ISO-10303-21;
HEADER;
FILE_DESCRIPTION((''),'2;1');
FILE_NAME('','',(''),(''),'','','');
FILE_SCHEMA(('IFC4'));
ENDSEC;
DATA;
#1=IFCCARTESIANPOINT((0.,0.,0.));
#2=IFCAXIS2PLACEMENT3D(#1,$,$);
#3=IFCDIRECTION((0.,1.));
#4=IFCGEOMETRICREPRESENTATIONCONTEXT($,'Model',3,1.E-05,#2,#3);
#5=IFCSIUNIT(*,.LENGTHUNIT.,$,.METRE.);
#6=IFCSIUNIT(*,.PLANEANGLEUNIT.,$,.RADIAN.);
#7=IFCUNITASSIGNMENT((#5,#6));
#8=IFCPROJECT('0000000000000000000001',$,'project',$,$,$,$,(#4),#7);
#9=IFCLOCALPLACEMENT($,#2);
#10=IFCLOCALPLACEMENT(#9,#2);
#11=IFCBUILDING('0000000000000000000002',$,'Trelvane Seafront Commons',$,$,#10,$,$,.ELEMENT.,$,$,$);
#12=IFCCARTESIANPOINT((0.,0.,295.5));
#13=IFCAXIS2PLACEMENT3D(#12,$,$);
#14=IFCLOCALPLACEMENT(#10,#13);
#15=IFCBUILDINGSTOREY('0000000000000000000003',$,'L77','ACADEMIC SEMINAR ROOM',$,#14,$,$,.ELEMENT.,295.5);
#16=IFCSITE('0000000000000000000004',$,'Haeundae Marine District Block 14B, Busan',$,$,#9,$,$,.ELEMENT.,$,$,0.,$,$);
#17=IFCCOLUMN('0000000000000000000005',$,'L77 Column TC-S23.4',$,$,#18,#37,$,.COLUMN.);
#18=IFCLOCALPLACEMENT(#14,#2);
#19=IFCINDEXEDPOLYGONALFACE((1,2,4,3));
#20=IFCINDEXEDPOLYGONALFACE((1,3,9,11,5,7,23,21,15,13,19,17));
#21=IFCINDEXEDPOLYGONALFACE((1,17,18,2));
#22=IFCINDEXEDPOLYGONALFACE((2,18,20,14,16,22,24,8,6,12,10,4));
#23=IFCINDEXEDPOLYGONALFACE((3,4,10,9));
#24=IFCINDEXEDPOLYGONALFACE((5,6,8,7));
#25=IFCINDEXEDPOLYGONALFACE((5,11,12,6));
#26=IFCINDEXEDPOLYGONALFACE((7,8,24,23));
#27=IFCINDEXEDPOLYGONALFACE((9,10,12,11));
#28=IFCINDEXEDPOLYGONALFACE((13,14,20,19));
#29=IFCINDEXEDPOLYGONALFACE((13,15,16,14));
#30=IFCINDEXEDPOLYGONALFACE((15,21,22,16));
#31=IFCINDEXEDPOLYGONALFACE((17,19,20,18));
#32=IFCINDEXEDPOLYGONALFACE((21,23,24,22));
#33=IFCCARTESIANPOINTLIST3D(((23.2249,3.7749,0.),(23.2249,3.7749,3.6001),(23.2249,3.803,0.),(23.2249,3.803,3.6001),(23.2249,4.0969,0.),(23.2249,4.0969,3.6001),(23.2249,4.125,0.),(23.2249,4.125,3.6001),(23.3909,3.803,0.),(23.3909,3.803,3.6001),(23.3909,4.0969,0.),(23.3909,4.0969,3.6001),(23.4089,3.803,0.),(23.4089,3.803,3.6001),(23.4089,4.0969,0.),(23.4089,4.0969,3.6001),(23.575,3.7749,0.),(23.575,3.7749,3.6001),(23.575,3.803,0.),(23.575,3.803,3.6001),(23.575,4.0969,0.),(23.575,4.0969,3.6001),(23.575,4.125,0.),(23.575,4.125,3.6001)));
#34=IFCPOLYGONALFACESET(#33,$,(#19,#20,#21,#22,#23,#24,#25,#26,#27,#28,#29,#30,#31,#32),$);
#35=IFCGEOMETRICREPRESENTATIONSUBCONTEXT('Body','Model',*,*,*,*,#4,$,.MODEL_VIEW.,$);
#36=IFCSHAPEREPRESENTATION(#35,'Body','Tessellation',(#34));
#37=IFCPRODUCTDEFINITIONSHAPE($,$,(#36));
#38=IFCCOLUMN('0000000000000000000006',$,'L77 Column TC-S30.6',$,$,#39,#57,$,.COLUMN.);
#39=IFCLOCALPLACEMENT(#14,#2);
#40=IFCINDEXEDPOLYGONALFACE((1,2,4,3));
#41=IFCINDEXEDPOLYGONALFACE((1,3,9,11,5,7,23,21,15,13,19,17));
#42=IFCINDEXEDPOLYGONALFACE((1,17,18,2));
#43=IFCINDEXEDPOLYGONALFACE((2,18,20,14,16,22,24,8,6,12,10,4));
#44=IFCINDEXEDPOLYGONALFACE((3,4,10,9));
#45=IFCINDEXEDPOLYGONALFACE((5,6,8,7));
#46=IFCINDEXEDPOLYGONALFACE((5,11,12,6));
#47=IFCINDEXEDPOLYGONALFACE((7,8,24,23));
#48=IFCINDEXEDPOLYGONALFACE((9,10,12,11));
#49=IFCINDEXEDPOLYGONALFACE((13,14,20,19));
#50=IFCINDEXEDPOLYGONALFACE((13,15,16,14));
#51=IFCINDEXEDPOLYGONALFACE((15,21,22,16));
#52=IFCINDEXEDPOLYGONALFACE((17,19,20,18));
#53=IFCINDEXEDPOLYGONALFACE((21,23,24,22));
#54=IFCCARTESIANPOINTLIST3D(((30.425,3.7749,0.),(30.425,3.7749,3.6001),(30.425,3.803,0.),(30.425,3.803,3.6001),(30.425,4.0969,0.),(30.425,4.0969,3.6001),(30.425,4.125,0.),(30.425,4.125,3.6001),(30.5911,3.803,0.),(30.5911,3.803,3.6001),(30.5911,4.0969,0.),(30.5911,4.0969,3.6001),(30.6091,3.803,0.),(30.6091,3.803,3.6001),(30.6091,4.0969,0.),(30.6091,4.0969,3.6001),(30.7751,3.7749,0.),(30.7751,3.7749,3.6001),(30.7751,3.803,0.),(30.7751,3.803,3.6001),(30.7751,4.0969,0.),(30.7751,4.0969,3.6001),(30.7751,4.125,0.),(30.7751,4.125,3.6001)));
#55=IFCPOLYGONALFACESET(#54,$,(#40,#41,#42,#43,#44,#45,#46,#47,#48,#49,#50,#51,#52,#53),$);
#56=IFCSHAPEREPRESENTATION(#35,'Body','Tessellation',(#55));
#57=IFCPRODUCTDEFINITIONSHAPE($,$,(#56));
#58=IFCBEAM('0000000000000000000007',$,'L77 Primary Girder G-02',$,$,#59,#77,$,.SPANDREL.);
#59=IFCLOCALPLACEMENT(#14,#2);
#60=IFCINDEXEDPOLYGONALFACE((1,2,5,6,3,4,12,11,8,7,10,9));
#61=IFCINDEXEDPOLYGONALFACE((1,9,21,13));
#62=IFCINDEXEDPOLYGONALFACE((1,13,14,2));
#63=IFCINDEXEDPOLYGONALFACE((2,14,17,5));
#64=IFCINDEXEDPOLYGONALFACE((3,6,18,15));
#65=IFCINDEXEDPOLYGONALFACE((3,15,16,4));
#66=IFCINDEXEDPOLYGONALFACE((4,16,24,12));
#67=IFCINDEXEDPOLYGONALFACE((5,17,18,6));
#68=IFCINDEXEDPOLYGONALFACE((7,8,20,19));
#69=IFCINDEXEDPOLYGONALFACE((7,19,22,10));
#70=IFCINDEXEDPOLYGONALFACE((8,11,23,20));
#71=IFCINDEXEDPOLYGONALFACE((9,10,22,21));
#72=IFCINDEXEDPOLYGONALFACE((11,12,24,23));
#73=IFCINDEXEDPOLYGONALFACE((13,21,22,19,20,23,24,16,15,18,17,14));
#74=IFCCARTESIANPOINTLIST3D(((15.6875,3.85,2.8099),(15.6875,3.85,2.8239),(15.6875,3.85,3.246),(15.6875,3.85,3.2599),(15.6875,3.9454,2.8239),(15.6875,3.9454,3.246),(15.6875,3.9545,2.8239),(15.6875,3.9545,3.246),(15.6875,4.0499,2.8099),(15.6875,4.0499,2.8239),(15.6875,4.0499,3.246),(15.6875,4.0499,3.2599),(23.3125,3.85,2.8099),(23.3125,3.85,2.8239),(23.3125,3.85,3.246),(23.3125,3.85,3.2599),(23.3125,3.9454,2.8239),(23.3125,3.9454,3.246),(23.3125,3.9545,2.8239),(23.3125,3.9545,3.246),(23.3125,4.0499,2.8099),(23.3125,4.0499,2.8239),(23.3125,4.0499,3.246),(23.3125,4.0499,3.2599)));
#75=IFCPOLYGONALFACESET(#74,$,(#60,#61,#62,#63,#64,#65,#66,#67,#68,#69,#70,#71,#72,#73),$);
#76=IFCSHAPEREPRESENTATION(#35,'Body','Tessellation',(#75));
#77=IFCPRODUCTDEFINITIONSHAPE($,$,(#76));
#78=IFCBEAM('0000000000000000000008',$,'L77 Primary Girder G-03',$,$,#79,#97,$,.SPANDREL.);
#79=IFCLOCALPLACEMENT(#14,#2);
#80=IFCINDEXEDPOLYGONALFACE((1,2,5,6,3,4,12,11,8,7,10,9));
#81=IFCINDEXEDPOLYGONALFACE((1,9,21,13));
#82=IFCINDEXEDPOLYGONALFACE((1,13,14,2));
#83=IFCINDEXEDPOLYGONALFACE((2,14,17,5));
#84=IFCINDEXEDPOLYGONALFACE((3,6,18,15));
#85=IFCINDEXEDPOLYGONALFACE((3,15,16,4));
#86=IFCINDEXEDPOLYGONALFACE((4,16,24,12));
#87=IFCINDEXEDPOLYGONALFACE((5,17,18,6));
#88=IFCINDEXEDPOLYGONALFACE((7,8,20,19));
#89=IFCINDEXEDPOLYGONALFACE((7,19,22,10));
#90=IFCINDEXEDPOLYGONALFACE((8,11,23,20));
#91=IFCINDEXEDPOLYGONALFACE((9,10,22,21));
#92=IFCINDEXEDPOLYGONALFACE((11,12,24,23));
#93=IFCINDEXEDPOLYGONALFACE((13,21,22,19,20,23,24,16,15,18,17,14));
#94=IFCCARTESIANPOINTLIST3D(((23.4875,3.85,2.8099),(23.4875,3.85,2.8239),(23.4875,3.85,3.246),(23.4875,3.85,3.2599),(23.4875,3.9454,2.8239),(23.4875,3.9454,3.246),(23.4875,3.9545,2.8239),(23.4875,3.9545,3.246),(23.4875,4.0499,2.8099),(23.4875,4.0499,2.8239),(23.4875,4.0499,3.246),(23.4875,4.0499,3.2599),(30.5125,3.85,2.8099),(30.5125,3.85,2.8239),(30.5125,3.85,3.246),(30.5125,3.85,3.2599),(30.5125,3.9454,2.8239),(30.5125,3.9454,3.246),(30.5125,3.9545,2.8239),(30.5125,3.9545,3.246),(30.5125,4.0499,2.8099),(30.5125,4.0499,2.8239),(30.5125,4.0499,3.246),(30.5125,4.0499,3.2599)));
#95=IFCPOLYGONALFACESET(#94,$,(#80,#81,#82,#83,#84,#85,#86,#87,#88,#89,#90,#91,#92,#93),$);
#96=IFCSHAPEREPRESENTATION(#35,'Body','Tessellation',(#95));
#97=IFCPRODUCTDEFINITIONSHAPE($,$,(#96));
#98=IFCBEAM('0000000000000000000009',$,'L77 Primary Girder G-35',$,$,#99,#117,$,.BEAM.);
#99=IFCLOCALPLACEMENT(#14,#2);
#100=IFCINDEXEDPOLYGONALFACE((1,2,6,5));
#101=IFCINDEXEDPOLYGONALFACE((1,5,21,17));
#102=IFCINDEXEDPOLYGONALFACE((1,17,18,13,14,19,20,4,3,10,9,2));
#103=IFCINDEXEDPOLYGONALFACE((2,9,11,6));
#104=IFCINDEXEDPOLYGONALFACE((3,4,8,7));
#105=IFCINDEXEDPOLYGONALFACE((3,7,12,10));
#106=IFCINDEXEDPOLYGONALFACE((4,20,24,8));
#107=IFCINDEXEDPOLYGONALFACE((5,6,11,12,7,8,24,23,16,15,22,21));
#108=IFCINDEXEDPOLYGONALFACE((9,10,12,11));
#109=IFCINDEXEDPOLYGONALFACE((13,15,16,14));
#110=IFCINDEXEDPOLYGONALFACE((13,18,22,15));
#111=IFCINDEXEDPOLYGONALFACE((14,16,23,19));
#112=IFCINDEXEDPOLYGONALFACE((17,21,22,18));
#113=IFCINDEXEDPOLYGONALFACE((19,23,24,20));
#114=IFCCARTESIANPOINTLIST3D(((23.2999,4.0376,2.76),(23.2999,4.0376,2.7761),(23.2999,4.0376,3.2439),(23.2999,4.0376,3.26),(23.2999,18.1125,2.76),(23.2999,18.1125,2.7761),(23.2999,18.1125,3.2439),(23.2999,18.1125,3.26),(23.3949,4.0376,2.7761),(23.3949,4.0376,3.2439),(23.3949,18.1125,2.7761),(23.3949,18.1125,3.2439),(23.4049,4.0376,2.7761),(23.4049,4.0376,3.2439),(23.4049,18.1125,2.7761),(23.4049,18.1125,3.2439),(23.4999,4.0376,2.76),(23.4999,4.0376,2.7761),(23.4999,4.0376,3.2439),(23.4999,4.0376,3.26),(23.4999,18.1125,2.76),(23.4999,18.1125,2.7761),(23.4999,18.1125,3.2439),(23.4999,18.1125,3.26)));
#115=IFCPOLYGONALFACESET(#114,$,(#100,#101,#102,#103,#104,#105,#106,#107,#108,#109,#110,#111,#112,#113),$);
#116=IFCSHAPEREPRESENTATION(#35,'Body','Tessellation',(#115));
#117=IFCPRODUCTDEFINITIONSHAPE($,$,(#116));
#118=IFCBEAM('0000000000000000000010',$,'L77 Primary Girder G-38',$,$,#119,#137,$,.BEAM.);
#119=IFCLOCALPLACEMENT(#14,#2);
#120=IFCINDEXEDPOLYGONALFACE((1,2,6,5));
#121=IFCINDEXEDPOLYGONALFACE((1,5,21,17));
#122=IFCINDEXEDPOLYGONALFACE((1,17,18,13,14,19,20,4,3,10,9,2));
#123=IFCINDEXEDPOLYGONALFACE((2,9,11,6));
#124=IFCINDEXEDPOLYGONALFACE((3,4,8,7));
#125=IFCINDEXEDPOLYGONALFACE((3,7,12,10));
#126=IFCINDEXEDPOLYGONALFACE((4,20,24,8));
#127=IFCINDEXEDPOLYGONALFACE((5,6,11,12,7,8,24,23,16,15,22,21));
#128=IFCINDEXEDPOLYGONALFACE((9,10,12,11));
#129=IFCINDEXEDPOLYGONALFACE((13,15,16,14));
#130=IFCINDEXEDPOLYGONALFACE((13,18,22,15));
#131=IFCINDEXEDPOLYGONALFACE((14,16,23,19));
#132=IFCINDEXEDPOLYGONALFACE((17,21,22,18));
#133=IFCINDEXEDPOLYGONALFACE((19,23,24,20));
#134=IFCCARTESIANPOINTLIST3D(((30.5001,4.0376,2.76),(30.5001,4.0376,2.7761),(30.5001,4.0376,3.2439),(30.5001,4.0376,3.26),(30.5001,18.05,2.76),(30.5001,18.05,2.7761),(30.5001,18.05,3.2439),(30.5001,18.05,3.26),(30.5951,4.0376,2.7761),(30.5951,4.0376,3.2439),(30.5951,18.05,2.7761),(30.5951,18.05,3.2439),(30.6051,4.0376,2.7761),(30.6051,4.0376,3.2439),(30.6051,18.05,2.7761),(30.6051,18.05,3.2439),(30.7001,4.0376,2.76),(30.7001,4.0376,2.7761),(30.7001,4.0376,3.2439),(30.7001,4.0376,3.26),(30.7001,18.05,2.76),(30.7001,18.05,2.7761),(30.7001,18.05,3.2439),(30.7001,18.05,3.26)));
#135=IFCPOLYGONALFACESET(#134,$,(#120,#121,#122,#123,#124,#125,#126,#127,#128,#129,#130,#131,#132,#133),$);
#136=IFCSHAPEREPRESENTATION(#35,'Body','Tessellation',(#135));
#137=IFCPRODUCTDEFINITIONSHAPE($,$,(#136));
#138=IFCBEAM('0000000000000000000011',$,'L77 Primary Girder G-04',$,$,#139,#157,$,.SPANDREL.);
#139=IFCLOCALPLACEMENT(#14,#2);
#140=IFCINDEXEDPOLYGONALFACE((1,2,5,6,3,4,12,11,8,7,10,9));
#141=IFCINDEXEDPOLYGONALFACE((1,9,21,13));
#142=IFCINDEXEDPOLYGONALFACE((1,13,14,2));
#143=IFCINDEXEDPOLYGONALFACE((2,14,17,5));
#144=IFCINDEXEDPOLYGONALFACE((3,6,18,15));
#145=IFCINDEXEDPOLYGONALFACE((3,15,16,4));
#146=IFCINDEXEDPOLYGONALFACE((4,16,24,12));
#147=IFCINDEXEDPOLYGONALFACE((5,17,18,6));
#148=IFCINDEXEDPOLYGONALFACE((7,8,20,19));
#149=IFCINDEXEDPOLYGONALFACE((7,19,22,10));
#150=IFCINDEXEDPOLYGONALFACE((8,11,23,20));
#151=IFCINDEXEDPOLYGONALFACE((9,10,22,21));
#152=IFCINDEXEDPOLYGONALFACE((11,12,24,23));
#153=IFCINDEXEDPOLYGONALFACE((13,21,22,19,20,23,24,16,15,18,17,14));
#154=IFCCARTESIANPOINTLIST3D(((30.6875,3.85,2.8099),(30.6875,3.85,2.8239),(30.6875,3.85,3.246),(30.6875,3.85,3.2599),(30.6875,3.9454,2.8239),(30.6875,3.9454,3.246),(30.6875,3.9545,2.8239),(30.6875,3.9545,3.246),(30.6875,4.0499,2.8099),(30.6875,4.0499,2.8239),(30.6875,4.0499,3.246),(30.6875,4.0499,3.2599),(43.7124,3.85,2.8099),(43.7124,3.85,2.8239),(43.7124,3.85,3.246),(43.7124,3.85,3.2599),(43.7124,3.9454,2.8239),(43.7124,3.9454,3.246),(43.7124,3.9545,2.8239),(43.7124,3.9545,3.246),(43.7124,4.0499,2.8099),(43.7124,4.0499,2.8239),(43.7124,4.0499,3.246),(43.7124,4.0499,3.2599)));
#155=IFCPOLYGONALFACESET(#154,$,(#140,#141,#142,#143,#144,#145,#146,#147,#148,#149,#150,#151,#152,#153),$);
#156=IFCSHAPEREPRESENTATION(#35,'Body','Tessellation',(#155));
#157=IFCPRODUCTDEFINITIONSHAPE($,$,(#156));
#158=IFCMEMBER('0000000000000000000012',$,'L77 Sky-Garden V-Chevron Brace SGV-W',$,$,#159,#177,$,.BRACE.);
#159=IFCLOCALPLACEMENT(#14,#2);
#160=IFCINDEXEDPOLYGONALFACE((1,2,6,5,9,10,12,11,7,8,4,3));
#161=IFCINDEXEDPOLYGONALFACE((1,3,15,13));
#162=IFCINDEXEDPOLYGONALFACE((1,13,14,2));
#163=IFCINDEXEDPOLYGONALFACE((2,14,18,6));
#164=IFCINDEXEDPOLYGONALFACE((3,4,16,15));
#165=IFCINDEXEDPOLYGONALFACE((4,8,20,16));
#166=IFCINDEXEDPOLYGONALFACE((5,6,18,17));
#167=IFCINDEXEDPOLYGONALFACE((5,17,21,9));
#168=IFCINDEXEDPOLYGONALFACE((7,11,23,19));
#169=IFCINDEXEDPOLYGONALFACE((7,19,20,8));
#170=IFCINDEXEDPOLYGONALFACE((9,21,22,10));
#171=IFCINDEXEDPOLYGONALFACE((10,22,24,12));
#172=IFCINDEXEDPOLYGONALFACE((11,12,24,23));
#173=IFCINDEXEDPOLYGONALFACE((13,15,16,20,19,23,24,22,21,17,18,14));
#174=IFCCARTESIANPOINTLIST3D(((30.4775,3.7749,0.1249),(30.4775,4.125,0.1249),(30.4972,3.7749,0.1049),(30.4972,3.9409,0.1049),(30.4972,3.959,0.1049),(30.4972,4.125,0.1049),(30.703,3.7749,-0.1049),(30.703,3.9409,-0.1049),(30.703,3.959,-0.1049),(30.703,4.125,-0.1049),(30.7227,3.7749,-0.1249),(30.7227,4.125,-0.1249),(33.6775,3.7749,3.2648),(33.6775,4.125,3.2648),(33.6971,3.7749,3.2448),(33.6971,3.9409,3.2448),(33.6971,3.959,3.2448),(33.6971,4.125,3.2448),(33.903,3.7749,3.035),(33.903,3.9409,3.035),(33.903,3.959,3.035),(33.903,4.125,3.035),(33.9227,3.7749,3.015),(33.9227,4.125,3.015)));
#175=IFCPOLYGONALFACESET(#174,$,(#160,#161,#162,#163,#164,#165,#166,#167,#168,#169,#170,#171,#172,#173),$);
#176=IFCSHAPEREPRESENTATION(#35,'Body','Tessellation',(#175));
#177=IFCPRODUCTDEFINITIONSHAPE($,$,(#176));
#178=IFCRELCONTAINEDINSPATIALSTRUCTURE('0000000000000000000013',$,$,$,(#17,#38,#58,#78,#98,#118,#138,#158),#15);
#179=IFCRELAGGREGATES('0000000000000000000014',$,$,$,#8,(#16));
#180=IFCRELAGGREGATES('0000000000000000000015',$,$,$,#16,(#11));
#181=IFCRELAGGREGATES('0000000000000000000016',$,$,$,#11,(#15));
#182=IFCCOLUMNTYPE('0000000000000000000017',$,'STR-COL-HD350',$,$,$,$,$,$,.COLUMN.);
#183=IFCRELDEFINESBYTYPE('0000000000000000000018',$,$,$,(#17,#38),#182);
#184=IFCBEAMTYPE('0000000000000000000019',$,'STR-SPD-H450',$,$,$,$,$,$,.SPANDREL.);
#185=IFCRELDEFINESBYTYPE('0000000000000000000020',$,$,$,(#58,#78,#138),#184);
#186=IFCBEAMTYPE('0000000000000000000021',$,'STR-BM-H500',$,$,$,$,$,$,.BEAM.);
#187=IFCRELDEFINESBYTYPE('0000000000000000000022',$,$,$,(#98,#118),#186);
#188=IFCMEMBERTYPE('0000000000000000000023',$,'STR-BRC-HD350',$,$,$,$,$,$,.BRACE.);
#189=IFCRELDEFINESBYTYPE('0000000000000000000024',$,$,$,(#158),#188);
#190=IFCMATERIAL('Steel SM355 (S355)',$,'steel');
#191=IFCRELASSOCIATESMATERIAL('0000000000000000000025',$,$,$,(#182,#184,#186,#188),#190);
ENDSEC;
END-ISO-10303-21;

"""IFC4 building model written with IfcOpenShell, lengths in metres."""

from ifc_helpers import new_model, si_unit, direction, frame, origin, origin_2d, place, context, subcontext, project, spatial, i_section, extrude, source, transform, mapped, material, material_profile, profile_set, type_object, element, save


model = new_model("IFC4")

# Units and contexts
model_context = context("Model", 3, precision=1e-05, world=origin(), true_north=direction((0.0, 1.0)))
body_context = subcontext(model_context, "Body", "Model", "MODEL_VIEW")
ifc_project = project(units=[si_unit("LENGTHUNIT", "METRE"), si_unit("PLANEANGLEUNIT", "RADIAN")], contexts=[model_context])

# Site, building, storey
site_placement = place(None, origin())
site = spatial("IfcSite", under=ifc_project, at=site_placement, Name="Haeundae Marine District Block 14B, Busan", CompositionType="ELEMENT", RefElevation=0.0)
building_placement = place(site_placement, origin())
building = spatial("IfcBuilding", under=site, at=building_placement, Name="Trelvane Seafront Commons", CompositionType="ELEMENT")
storey_placement = place(building_placement, frame((0.0, 0.0, 295.5)))
storey = spatial("IfcBuildingStorey", under=building, at=storey_placement, Name="L77", Description="ACADEMIC SEMINAR ROOM", CompositionType="ELEMENT", Elevation=295.5)

# Columns
ifc_material_1 = material(Name="Steel SM355 (S355)", Category="steel")
ifc_material_profile_1 = material_profile(ifc_material_1, i_section(OverallWidth=0.3501, OverallDepth=0.3501, WebThickness=0.0181, FlangeThickness=0.0281, at=origin_2d()), Name="HD-350x350x18x28")
ifc_profile_set_1 = profile_set([ifc_material_profile_1], Name="Steel SM355 (S355)")
column_type = type_object("IfcColumnType", Name="STR-COL-HD350", PredefinedType="COLUMN", material=ifc_profile_set_1)
shared_shape_1 = source(origin(), body_context, "Body", "SweptSolid", [
    extrude(i_section(OverallWidth=0.3501, OverallDepth=0.3501, WebThickness=0.0181, FlangeThickness=0.0281, at=origin_2d()), origin(), (0.0, 0.0, 1.0), 3.6001),
])
for number, where, z_axis, x_axis, name in (
    (1, (23.3999, 3.95, 0.0), (0.0, 0.0, 1.0), (1.0, 0.0, 0.0), "L77 Column TC-S23.4"),
    (2, (30.6001, 3.95, 0.0), (0.0, 0.0, 1.0), (1.0, 0.0, 0.0), "L77 Column TC-S30.6"),
):
    element("IfcColumn", number, at=place(storey_placement, frame(where, z_axis=z_axis, x_axis=x_axis)), inside=storey, type_object=column_type, Name=name, PredefinedType="COLUMN", context=body_context, shape_type="MappedRepresentation", body=[
        mapped(shared_shape_1, transform((0.0, 0.0, 0.0), x_axis=(1.0, 0.0, 0.0), y_axis=(0.0, 1.0, 0.0), z_axis=(0.0, 0.0, 1.0), scale=1.0)),
    ])

# Beams
ifc_material_profile_2 = material_profile(ifc_material_1, i_section(OverallWidth=0.2, OverallDepth=0.45, WebThickness=0.009, FlangeThickness=0.0139, at=origin_2d()), Name="H-450x200x9x14")
ifc_profile_set_2 = profile_set([ifc_material_profile_2], Name="Steel SM355 (S355)")
beam_type_1 = type_object("IfcBeamType", Name="STR-SPD-H450", PredefinedType="SPANDREL", material=ifc_profile_set_2)
shared_shape_2 = source(origin(), body_context, "Body", "SweptSolid", [
    extrude(i_section(OverallWidth=0.2, OverallDepth=0.45, WebThickness=0.009, FlangeThickness=0.0139, at=origin_2d()), origin(), (0.0, 0.0, 1.0), 7.625),
])
beam_1_placement = place(storey_placement, frame((15.6875, 3.95, 3.0349), z_axis=(1.0, 0.0, 0.0), x_axis=(0.0, 1.0, 0.0)))
element("IfcBeam", 3, at=beam_1_placement, inside=storey, type_object=beam_type_1, Name="L77 Primary Girder G-02", PredefinedType="SPANDREL", context=body_context, shape_type="MappedRepresentation", body=[
    mapped(shared_shape_2, transform((0.0, 0.0, 0.0), x_axis=(1.0, 0.0, 0.0), y_axis=(0.0, 1.0, 0.0), z_axis=(0.0, 0.0, 1.0), scale=1.0)),
])
shared_shape_3 = source(origin(), body_context, "Body", "SweptSolid", [
    extrude(i_section(OverallWidth=0.2, OverallDepth=0.45, WebThickness=0.009, FlangeThickness=0.0139, at=origin_2d()), origin(), (0.0, 0.0, 1.0), 7.0249),
])
beam_2_placement = place(storey_placement, frame((23.4875, 3.95, 3.0349), z_axis=(1.0, 0.0, 0.0), x_axis=(0.0, 1.0, 0.0)))
element("IfcBeam", 4, at=beam_2_placement, inside=storey, type_object=beam_type_1, Name="L77 Primary Girder G-03", PredefinedType="SPANDREL", context=body_context, shape_type="MappedRepresentation", body=[
    mapped(shared_shape_3, transform((0.0, 0.0, 0.0), x_axis=(1.0, 0.0, 0.0), y_axis=(0.0, 1.0, 0.0), z_axis=(0.0, 0.0, 1.0), scale=1.0)),
])
ifc_material_profile_3 = material_profile(ifc_material_1, i_section(OverallWidth=0.2, OverallDepth=0.5, WebThickness=0.01, FlangeThickness=0.0161, at=origin_2d()), Name="H-500x200x10x16")
ifc_profile_set_3 = profile_set([ifc_material_profile_3], Name="Steel SM355 (S355)")
beam_type_2 = type_object("IfcBeamType", Name="STR-BM-H500", PredefinedType="BEAM", material=ifc_profile_set_3)
shared_shape_4 = source(origin(), body_context, "Body", "SweptSolid", [
    extrude(i_section(OverallWidth=0.2, OverallDepth=0.5, WebThickness=0.01, FlangeThickness=0.0161, at=origin_2d()), origin(), (0.0, 0.0, 1.0), 14.075),
])
beam_3_placement = place(storey_placement, frame((23.3999, 4.0376, 3.01), z_axis=(0.0, 1.0, 0.0), x_axis=(-1.0, 0.0, 0.0)))
element("IfcBeam", 5, at=beam_3_placement, inside=storey, type_object=beam_type_2, Name="L77 Primary Girder G-35", PredefinedType="BEAM", context=body_context, shape_type="MappedRepresentation", body=[
    mapped(shared_shape_4, transform((0.0, 0.0, 0.0), x_axis=(1.0, 0.0, 0.0), y_axis=(0.0, 1.0, 0.0), z_axis=(0.0, 0.0, 1.0), scale=1.0)),
])
shared_shape_5 = source(origin(), body_context, "Body", "SweptSolid", [
    extrude(i_section(OverallWidth=0.2, OverallDepth=0.5, WebThickness=0.01, FlangeThickness=0.0161, at=origin_2d()), origin(), (0.0, 0.0, 1.0), 14.0125),
])
beam_4_placement = place(storey_placement, frame((30.6001, 4.0376, 3.01), z_axis=(0.0, 1.0, 0.0), x_axis=(-1.0, 0.0, 0.0)))
element("IfcBeam", 6, at=beam_4_placement, inside=storey, type_object=beam_type_2, Name="L77 Primary Girder G-38", PredefinedType="BEAM", context=body_context, shape_type="MappedRepresentation", body=[
    mapped(shared_shape_5, transform((0.0, 0.0, 0.0), x_axis=(1.0, 0.0, 0.0), y_axis=(0.0, 1.0, 0.0), z_axis=(0.0, 0.0, 1.0), scale=1.0)),
])
shared_shape_6 = source(origin(), body_context, "Body", "SweptSolid", [
    extrude(i_section(OverallWidth=0.2, OverallDepth=0.45, WebThickness=0.009, FlangeThickness=0.0139, at=origin_2d()), origin(), (0.0, 0.0, 1.0), 13.0249),
])
beam_5_placement = place(storey_placement, frame((30.6875, 3.95, 3.0349), z_axis=(1.0, 0.0, 0.0), x_axis=(0.0, 1.0, 0.0)))
element("IfcBeam", 7, at=beam_5_placement, inside=storey, type_object=beam_type_1, Name="L77 Primary Girder G-04", PredefinedType="SPANDREL", context=body_context, shape_type="MappedRepresentation", body=[
    mapped(shared_shape_6, transform((0.0, 0.0, 0.0), x_axis=(1.0, 0.0, 0.0), y_axis=(0.0, 1.0, 0.0), z_axis=(0.0, 0.0, 1.0), scale=1.0)),
])

# Member
ifc_material_profile_4 = material_profile(ifc_material_1, i_section(OverallWidth=0.3501, OverallDepth=0.3501, WebThickness=0.0181, FlangeThickness=0.0281, at=origin_2d()), Name="HD-350x350x18x28")
ifc_profile_set_4 = profile_set([ifc_material_profile_4], Name="Steel SM355 (S355)")
member_type_1 = type_object("IfcMemberType", Name="STR-BRC-HD350", PredefinedType="BRACE", material=ifc_profile_set_4)
shared_shape_7 = source(origin(), body_context, "Body", "SweptSolid", [
    extrude(i_section(OverallWidth=0.3501, OverallDepth=0.3501, WebThickness=0.0181, FlangeThickness=0.0281, at=origin_2d()), origin(), (0.0, 0.0, 1.0), 4.4832),
])
member_1_placement = place(storey_placement, frame((30.6001, 3.95, 0.0), z_axis=(0.713773, 0.0, 0.700377), x_axis=(0.0, 1.0, 0.0)))
element("IfcMember", 8, at=member_1_placement, inside=storey, type_object=member_type_1, Name="L77 Sky-Garden V-Chevron Brace SGV-W", PredefinedType="BRACE", context=body_context, shape_type="MappedRepresentation", body=[
    mapped(shared_shape_7, transform((0.0, 0.0, 0.0), x_axis=(1.0, 0.0, 0.0), y_axis=(0.0, 1.0, 0.0), z_axis=(0.0, 0.0, 1.0), scale=1.0)),
])

save(model, "model.ifc")
